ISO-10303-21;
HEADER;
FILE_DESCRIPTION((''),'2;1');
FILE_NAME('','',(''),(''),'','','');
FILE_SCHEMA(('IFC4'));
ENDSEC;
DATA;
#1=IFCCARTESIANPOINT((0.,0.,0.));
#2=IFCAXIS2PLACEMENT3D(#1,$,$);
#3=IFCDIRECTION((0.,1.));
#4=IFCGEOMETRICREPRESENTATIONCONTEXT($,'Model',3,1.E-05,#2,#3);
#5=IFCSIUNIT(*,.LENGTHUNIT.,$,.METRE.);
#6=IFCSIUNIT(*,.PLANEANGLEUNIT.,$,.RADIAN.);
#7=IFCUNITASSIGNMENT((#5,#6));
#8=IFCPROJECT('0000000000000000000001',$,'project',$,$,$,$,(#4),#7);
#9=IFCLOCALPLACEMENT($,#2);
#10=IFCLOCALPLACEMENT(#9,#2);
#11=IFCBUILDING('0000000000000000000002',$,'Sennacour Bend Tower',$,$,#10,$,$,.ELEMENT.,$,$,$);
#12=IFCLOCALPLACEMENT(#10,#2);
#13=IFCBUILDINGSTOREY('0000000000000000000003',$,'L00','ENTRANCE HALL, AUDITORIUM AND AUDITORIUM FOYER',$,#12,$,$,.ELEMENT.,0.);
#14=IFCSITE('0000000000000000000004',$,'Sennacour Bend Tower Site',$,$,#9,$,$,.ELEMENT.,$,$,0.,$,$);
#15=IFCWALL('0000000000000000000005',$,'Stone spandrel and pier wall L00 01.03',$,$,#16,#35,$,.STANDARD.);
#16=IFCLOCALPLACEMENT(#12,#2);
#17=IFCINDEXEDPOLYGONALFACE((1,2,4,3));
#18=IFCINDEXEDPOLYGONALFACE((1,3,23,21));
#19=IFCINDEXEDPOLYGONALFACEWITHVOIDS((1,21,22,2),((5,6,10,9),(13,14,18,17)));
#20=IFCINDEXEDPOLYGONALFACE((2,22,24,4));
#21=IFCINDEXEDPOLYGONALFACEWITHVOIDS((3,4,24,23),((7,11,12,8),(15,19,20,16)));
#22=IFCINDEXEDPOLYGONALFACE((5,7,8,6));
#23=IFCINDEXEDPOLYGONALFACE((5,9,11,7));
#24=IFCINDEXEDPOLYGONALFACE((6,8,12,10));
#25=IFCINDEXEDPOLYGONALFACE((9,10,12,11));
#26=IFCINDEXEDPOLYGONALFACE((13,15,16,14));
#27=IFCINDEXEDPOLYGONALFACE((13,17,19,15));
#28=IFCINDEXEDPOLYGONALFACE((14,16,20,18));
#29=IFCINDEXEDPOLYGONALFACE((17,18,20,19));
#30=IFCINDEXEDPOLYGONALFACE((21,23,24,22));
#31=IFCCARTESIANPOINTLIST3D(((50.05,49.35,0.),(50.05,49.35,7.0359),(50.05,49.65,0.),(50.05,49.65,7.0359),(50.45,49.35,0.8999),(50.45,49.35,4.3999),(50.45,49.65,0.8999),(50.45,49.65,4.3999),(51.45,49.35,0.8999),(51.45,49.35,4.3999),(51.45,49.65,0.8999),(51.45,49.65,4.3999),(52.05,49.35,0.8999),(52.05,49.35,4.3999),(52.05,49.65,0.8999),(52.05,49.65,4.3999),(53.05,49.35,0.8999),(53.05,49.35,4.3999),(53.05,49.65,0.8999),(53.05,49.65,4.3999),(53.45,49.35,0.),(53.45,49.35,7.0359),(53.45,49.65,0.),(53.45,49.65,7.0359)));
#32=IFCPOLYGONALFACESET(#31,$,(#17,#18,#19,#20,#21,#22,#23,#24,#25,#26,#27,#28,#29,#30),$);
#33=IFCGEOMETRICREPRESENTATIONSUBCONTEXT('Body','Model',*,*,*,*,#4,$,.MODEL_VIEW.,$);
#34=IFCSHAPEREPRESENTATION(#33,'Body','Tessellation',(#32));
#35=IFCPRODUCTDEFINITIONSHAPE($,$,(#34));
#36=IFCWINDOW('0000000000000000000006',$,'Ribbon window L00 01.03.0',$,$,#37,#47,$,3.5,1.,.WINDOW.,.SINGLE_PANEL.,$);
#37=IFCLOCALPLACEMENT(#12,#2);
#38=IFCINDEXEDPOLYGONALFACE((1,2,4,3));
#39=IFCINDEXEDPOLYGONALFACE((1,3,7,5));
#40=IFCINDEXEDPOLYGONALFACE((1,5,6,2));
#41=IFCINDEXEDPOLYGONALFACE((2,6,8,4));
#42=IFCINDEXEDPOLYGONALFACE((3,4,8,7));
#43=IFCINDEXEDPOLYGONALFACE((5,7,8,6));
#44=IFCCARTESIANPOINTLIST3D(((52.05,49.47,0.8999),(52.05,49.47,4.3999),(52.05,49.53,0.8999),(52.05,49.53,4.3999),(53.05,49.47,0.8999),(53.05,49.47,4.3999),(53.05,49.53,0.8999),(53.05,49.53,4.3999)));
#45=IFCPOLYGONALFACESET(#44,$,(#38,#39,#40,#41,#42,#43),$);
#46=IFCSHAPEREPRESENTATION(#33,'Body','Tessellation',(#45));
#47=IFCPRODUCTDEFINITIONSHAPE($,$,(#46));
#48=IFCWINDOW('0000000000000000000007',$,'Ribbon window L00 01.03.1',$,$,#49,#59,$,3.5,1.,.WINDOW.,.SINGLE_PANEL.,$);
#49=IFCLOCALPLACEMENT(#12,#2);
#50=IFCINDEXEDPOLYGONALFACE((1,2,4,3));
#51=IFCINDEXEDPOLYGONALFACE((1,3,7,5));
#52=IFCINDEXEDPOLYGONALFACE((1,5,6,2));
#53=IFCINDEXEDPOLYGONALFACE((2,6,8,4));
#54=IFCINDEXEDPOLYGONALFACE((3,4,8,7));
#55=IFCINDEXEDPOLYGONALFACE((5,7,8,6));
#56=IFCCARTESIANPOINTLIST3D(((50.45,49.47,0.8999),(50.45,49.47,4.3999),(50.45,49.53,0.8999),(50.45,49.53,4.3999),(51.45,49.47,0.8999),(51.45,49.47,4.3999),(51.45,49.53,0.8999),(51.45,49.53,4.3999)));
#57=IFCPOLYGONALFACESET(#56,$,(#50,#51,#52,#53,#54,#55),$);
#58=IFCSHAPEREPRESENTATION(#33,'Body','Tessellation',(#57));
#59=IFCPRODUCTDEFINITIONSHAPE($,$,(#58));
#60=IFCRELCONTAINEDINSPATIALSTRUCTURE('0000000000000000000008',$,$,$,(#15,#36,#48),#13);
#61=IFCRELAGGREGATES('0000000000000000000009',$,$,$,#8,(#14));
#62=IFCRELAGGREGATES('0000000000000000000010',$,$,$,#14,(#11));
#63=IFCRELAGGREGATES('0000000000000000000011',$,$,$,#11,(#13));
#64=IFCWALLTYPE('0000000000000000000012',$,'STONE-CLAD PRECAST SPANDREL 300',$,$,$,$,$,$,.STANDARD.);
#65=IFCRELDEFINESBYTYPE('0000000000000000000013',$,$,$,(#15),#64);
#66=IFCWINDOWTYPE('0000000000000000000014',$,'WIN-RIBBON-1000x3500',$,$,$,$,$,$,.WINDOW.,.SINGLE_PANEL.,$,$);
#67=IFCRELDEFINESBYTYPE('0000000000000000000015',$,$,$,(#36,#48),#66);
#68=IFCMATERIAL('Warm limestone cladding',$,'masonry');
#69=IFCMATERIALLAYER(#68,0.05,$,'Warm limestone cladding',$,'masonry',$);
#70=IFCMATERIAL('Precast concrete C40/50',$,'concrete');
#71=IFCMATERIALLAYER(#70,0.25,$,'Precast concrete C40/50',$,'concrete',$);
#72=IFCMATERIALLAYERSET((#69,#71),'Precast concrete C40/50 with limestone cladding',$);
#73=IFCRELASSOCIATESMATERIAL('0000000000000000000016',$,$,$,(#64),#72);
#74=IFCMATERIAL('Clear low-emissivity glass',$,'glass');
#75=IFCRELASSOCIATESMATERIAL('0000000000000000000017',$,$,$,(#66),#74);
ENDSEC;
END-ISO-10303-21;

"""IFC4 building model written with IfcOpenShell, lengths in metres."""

from ifc_helpers import new_model, si_unit, direction, frame, frame_2d, origin, place, context, subcontext, project, spatial, rectangle, extrude, material, layer, layer_set, type_object, element, fill, save


model = new_model("IFC4")

# Units and contexts
model_context = context("Model", 3, precision=1e-05, world=origin(), true_north=direction((0.0, 1.0)))
body_context = subcontext(model_context, "Body", "Model", "MODEL_VIEW")
ifc_project = project(units=[si_unit("LENGTHUNIT", "METRE"), si_unit("PLANEANGLEUNIT", "RADIAN")], contexts=[model_context])

# Site, building, storey
site_placement = place(None, origin())
site = spatial("IfcSite", under=ifc_project, at=site_placement, Name="Sennacour Bend Tower Site", CompositionType="ELEMENT", RefElevation=0.0)
building_placement = place(site_placement, origin())
building = spatial("IfcBuilding", under=site, at=building_placement, Name="Sennacour Bend Tower", CompositionType="ELEMENT")
storey_placement = place(building_placement, origin())
storey = spatial("IfcBuildingStorey", under=building, at=storey_placement, Name="L00", Description="ENTRANCE HALL, AUDITORIUM AND AUDITORIUM FOYER", CompositionType="ELEMENT", Elevation=0.0)

# Wall, openings, windows
ifc_material_1 = material(Name="Warm limestone cladding", Category="masonry")
ifc_layer_1 = layer(ifc_material_1, 0.05, Name="Warm limestone cladding", Category="masonry")
ifc_material_2 = material(Name="Precast concrete C40/50", Category="concrete")
ifc_layer_2 = layer(ifc_material_2, 0.25, Name="Precast concrete C40/50", Category="concrete")
ifc_layer_set_1 = layer_set([ifc_layer_1, ifc_layer_2], Name="Precast concrete C40/50 with limestone cladding")
wall_type_1 = type_object("IfcWallType", Name="STONE-CLAD PRECAST SPANDREL 300", PredefinedType="STANDARD", material=ifc_layer_set_1)
wall_1_placement = place(storey_placement, frame((53.45, 49.5, 0.0), z_axis=(0.0, 0.0, 1.0), x_axis=(-1.0, 0.0, 0.0)))
wall_1 = element("IfcWall", 1, at=wall_1_placement, inside=storey, type_object=wall_type_1, Name="Stone spandrel and pier wall L00 01.03", PredefinedType="STANDARD", context=body_context, shape_type="SweptSolid", body=[
    extrude(rectangle(XDim=3.3999, YDim=0.3, at=frame_2d((1.7, 0.0))), origin(), (0.0, 0.0, 1.0), 7.0359),
])
opening_1_placement = place(wall_1_placement, frame((0.3999, 0.0, 0.8999)))
opening_1 = element("IfcOpeningElement", 2, at=opening_1_placement, cuts=wall_1, PredefinedType="OPENING", context=body_context, shape_type="SweptSolid", body=[
    extrude(rectangle(XDim=1.0, YDim=3.5, at=frame_2d((0.5, 1.75))), frame((0.0, 0.1602, 0.0), z_axis=(0.0, -1.0, 0.0), x_axis=(1.0, 0.0, 0.0)), (0.0, 0.0, 1.0), 0.3201),
])
opening_2_placement = place(wall_1_placement, frame((2.0, 0.0, 0.8999)))
opening_2 = element("IfcOpeningElement", 3, at=opening_2_placement, cuts=wall_1, PredefinedType="OPENING", context=body_context, shape_type="SweptSolid", body=[
    extrude(rectangle(XDim=1.0, YDim=3.5, at=frame_2d((0.5, 1.75))), frame((0.0, 0.1602, 0.0), z_axis=(0.0, -1.0, 0.0), x_axis=(1.0, 0.0, 0.0)), (0.0, 0.0, 1.0), 0.3201),
])
ifc_material_3 = material(Name="Clear low-emissivity glass", Category="glass")
window_type = type_object("IfcWindowType", Name="WIN-RIBBON-1000x3500", PartitioningType="SINGLE_PANEL", PredefinedType="WINDOW", material=ifc_material_3)
window_1_placement = place(opening_1_placement, origin())
window_1 = element("IfcWindow", 4, at=window_1_placement, inside=storey, type_object=window_type, Name="Ribbon window L00 01.03.0", OverallHeight=3.5, OverallWidth=1.0, PartitioningType="SINGLE_PANEL", PredefinedType="WINDOW", context=body_context, shape_type="SweptSolid", body=[
    extrude(rectangle(XDim=1.0, YDim=3.5, at=frame_2d((0.5, 1.75))), frame((0.0, 0.03, 0.0), z_axis=(0.0, -1.0, 0.0), x_axis=(1.0, 0.0, 0.0)), (0.0, 0.0, 1.0), 0.0601),
])
fill(opening_1, window_1)
window_2_placement = place(opening_2_placement, origin())
window_2 = element("IfcWindow", 5, at=window_2_placement, inside=storey, type_object=window_type, Name="Ribbon window L00 01.03.1", OverallHeight=3.5, OverallWidth=1.0, PartitioningType="SINGLE_PANEL", PredefinedType="WINDOW", context=body_context, shape_type="SweptSolid", body=[
    extrude(rectangle(XDim=1.0, YDim=3.5, at=frame_2d((0.5, 1.75))), frame((0.0, 0.03, 0.0), z_axis=(0.0, -1.0, 0.0), x_axis=(1.0, 0.0, 0.0)), (0.0, 0.0, 1.0), 0.0601),
])
fill(opening_2, window_2)

save(model, "model.ifc")
